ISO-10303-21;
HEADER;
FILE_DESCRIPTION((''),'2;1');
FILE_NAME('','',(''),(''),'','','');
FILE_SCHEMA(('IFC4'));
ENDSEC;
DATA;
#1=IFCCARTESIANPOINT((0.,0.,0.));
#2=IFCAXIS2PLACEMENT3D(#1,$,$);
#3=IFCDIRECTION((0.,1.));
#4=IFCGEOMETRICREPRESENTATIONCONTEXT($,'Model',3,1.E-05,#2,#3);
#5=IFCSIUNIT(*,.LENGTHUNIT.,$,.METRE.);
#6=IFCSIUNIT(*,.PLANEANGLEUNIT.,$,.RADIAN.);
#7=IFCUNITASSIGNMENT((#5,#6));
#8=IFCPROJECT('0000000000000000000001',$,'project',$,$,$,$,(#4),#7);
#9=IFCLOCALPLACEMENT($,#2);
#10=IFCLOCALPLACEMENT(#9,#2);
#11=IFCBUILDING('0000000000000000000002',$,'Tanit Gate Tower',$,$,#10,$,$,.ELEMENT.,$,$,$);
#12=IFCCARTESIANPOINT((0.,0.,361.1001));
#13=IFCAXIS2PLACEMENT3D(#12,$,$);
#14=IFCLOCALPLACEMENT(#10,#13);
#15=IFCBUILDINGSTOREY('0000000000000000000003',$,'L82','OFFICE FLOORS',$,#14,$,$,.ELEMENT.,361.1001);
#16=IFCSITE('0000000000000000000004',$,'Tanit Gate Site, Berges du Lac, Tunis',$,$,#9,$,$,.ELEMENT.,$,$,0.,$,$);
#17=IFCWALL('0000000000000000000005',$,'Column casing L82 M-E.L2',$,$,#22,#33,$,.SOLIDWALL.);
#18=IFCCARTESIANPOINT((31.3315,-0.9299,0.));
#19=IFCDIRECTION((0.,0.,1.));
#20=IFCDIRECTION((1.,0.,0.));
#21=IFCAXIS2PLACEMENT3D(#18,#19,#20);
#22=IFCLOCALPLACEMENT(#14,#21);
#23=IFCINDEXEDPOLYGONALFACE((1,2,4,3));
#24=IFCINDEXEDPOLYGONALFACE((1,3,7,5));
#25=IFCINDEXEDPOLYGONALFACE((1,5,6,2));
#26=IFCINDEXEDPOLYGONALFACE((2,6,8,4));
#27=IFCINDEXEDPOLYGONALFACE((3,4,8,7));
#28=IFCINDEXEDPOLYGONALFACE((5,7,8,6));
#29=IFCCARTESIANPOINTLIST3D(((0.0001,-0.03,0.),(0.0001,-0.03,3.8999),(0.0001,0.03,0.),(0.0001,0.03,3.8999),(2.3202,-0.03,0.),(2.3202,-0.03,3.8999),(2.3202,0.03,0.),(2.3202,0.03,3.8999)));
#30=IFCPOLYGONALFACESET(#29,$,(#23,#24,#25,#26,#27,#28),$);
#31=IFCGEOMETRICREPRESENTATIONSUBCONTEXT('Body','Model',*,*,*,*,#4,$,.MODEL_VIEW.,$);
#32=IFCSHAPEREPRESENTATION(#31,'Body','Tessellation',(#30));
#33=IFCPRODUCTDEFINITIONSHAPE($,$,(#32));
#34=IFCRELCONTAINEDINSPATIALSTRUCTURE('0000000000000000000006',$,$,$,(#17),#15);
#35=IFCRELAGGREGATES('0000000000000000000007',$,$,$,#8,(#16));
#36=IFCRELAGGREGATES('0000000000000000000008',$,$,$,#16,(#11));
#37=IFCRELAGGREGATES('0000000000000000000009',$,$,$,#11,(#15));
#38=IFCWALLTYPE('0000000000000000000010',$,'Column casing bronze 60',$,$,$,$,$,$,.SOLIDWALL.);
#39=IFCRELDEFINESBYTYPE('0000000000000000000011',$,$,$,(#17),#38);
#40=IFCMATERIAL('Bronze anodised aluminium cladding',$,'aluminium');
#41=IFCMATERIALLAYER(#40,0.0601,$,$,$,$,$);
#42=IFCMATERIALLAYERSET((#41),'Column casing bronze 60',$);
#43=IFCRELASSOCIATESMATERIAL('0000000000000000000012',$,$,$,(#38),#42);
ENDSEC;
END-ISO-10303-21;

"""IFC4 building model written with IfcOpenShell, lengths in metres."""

from ifc_helpers import new_model, si_unit, direction, frame, frame_2d, origin, place, context, subcontext, project, spatial, rectangle, extrude, material, layer, layer_set, type_object, element, save


model = new_model("IFC4")

# Units and contexts
model_context = context("Model", 3, precision=1e-05, world=origin(), true_north=direction((0.0, 1.0)))
body_context = subcontext(model_context, "Body", "Model", "MODEL_VIEW")
ifc_project = project(units=[si_unit("LENGTHUNIT", "METRE"), si_unit("PLANEANGLEUNIT", "RADIAN")], contexts=[model_context])

# Site, building, storey
site_placement = place(None, origin())
site = spatial("IfcSite", under=ifc_project, at=site_placement, Name="Tanit Gate Site, Berges du Lac, Tunis", CompositionType="ELEMENT", RefElevation=0.0)
building_placement = place(site_placement, origin())
building = spatial("IfcBuilding", under=site, at=building_placement, Name="Tanit Gate Tower", CompositionType="ELEMENT")
storey_placement = place(building_placement, frame((0.0, 0.0, 361.1001)))
storey = spatial("IfcBuildingStorey", under=building, at=storey_placement, Name="L82", Description="OFFICE FLOORS", CompositionType="ELEMENT", Elevation=361.1001)

# Wall
ifc_material_1 = material(Name="Bronze anodised aluminium cladding", Category="aluminium")
ifc_layer_1 = layer(ifc_material_1, 0.0601)
ifc_layer_set_1 = layer_set([ifc_layer_1], Name="Column casing bronze 60")
wall_type_1 = type_object("IfcWallType", Name="Column casing bronze 60", PredefinedType="SOLIDWALL", material=ifc_layer_set_1)
wall_1_placement = place(storey_placement, frame((31.3315, -0.9299, 0.0), z_axis=(0.0, 0.0, 1.0), x_axis=(1.0, 0.0, 0.0)))
element("IfcWall", 1, at=wall_1_placement, inside=storey, type_object=wall_type_1, Name="Column casing L82 M-E.L2", PredefinedType="SOLIDWALL", context=body_context, shape_type="SweptSolid", body=[
    extrude(rectangle(XDim=2.3201, YDim=0.0601, at=frame_2d((1.1602, 0.0))), origin(), (0.0, 0.0, 1.0), 3.8999),
])

save(model, "model.ifc")
